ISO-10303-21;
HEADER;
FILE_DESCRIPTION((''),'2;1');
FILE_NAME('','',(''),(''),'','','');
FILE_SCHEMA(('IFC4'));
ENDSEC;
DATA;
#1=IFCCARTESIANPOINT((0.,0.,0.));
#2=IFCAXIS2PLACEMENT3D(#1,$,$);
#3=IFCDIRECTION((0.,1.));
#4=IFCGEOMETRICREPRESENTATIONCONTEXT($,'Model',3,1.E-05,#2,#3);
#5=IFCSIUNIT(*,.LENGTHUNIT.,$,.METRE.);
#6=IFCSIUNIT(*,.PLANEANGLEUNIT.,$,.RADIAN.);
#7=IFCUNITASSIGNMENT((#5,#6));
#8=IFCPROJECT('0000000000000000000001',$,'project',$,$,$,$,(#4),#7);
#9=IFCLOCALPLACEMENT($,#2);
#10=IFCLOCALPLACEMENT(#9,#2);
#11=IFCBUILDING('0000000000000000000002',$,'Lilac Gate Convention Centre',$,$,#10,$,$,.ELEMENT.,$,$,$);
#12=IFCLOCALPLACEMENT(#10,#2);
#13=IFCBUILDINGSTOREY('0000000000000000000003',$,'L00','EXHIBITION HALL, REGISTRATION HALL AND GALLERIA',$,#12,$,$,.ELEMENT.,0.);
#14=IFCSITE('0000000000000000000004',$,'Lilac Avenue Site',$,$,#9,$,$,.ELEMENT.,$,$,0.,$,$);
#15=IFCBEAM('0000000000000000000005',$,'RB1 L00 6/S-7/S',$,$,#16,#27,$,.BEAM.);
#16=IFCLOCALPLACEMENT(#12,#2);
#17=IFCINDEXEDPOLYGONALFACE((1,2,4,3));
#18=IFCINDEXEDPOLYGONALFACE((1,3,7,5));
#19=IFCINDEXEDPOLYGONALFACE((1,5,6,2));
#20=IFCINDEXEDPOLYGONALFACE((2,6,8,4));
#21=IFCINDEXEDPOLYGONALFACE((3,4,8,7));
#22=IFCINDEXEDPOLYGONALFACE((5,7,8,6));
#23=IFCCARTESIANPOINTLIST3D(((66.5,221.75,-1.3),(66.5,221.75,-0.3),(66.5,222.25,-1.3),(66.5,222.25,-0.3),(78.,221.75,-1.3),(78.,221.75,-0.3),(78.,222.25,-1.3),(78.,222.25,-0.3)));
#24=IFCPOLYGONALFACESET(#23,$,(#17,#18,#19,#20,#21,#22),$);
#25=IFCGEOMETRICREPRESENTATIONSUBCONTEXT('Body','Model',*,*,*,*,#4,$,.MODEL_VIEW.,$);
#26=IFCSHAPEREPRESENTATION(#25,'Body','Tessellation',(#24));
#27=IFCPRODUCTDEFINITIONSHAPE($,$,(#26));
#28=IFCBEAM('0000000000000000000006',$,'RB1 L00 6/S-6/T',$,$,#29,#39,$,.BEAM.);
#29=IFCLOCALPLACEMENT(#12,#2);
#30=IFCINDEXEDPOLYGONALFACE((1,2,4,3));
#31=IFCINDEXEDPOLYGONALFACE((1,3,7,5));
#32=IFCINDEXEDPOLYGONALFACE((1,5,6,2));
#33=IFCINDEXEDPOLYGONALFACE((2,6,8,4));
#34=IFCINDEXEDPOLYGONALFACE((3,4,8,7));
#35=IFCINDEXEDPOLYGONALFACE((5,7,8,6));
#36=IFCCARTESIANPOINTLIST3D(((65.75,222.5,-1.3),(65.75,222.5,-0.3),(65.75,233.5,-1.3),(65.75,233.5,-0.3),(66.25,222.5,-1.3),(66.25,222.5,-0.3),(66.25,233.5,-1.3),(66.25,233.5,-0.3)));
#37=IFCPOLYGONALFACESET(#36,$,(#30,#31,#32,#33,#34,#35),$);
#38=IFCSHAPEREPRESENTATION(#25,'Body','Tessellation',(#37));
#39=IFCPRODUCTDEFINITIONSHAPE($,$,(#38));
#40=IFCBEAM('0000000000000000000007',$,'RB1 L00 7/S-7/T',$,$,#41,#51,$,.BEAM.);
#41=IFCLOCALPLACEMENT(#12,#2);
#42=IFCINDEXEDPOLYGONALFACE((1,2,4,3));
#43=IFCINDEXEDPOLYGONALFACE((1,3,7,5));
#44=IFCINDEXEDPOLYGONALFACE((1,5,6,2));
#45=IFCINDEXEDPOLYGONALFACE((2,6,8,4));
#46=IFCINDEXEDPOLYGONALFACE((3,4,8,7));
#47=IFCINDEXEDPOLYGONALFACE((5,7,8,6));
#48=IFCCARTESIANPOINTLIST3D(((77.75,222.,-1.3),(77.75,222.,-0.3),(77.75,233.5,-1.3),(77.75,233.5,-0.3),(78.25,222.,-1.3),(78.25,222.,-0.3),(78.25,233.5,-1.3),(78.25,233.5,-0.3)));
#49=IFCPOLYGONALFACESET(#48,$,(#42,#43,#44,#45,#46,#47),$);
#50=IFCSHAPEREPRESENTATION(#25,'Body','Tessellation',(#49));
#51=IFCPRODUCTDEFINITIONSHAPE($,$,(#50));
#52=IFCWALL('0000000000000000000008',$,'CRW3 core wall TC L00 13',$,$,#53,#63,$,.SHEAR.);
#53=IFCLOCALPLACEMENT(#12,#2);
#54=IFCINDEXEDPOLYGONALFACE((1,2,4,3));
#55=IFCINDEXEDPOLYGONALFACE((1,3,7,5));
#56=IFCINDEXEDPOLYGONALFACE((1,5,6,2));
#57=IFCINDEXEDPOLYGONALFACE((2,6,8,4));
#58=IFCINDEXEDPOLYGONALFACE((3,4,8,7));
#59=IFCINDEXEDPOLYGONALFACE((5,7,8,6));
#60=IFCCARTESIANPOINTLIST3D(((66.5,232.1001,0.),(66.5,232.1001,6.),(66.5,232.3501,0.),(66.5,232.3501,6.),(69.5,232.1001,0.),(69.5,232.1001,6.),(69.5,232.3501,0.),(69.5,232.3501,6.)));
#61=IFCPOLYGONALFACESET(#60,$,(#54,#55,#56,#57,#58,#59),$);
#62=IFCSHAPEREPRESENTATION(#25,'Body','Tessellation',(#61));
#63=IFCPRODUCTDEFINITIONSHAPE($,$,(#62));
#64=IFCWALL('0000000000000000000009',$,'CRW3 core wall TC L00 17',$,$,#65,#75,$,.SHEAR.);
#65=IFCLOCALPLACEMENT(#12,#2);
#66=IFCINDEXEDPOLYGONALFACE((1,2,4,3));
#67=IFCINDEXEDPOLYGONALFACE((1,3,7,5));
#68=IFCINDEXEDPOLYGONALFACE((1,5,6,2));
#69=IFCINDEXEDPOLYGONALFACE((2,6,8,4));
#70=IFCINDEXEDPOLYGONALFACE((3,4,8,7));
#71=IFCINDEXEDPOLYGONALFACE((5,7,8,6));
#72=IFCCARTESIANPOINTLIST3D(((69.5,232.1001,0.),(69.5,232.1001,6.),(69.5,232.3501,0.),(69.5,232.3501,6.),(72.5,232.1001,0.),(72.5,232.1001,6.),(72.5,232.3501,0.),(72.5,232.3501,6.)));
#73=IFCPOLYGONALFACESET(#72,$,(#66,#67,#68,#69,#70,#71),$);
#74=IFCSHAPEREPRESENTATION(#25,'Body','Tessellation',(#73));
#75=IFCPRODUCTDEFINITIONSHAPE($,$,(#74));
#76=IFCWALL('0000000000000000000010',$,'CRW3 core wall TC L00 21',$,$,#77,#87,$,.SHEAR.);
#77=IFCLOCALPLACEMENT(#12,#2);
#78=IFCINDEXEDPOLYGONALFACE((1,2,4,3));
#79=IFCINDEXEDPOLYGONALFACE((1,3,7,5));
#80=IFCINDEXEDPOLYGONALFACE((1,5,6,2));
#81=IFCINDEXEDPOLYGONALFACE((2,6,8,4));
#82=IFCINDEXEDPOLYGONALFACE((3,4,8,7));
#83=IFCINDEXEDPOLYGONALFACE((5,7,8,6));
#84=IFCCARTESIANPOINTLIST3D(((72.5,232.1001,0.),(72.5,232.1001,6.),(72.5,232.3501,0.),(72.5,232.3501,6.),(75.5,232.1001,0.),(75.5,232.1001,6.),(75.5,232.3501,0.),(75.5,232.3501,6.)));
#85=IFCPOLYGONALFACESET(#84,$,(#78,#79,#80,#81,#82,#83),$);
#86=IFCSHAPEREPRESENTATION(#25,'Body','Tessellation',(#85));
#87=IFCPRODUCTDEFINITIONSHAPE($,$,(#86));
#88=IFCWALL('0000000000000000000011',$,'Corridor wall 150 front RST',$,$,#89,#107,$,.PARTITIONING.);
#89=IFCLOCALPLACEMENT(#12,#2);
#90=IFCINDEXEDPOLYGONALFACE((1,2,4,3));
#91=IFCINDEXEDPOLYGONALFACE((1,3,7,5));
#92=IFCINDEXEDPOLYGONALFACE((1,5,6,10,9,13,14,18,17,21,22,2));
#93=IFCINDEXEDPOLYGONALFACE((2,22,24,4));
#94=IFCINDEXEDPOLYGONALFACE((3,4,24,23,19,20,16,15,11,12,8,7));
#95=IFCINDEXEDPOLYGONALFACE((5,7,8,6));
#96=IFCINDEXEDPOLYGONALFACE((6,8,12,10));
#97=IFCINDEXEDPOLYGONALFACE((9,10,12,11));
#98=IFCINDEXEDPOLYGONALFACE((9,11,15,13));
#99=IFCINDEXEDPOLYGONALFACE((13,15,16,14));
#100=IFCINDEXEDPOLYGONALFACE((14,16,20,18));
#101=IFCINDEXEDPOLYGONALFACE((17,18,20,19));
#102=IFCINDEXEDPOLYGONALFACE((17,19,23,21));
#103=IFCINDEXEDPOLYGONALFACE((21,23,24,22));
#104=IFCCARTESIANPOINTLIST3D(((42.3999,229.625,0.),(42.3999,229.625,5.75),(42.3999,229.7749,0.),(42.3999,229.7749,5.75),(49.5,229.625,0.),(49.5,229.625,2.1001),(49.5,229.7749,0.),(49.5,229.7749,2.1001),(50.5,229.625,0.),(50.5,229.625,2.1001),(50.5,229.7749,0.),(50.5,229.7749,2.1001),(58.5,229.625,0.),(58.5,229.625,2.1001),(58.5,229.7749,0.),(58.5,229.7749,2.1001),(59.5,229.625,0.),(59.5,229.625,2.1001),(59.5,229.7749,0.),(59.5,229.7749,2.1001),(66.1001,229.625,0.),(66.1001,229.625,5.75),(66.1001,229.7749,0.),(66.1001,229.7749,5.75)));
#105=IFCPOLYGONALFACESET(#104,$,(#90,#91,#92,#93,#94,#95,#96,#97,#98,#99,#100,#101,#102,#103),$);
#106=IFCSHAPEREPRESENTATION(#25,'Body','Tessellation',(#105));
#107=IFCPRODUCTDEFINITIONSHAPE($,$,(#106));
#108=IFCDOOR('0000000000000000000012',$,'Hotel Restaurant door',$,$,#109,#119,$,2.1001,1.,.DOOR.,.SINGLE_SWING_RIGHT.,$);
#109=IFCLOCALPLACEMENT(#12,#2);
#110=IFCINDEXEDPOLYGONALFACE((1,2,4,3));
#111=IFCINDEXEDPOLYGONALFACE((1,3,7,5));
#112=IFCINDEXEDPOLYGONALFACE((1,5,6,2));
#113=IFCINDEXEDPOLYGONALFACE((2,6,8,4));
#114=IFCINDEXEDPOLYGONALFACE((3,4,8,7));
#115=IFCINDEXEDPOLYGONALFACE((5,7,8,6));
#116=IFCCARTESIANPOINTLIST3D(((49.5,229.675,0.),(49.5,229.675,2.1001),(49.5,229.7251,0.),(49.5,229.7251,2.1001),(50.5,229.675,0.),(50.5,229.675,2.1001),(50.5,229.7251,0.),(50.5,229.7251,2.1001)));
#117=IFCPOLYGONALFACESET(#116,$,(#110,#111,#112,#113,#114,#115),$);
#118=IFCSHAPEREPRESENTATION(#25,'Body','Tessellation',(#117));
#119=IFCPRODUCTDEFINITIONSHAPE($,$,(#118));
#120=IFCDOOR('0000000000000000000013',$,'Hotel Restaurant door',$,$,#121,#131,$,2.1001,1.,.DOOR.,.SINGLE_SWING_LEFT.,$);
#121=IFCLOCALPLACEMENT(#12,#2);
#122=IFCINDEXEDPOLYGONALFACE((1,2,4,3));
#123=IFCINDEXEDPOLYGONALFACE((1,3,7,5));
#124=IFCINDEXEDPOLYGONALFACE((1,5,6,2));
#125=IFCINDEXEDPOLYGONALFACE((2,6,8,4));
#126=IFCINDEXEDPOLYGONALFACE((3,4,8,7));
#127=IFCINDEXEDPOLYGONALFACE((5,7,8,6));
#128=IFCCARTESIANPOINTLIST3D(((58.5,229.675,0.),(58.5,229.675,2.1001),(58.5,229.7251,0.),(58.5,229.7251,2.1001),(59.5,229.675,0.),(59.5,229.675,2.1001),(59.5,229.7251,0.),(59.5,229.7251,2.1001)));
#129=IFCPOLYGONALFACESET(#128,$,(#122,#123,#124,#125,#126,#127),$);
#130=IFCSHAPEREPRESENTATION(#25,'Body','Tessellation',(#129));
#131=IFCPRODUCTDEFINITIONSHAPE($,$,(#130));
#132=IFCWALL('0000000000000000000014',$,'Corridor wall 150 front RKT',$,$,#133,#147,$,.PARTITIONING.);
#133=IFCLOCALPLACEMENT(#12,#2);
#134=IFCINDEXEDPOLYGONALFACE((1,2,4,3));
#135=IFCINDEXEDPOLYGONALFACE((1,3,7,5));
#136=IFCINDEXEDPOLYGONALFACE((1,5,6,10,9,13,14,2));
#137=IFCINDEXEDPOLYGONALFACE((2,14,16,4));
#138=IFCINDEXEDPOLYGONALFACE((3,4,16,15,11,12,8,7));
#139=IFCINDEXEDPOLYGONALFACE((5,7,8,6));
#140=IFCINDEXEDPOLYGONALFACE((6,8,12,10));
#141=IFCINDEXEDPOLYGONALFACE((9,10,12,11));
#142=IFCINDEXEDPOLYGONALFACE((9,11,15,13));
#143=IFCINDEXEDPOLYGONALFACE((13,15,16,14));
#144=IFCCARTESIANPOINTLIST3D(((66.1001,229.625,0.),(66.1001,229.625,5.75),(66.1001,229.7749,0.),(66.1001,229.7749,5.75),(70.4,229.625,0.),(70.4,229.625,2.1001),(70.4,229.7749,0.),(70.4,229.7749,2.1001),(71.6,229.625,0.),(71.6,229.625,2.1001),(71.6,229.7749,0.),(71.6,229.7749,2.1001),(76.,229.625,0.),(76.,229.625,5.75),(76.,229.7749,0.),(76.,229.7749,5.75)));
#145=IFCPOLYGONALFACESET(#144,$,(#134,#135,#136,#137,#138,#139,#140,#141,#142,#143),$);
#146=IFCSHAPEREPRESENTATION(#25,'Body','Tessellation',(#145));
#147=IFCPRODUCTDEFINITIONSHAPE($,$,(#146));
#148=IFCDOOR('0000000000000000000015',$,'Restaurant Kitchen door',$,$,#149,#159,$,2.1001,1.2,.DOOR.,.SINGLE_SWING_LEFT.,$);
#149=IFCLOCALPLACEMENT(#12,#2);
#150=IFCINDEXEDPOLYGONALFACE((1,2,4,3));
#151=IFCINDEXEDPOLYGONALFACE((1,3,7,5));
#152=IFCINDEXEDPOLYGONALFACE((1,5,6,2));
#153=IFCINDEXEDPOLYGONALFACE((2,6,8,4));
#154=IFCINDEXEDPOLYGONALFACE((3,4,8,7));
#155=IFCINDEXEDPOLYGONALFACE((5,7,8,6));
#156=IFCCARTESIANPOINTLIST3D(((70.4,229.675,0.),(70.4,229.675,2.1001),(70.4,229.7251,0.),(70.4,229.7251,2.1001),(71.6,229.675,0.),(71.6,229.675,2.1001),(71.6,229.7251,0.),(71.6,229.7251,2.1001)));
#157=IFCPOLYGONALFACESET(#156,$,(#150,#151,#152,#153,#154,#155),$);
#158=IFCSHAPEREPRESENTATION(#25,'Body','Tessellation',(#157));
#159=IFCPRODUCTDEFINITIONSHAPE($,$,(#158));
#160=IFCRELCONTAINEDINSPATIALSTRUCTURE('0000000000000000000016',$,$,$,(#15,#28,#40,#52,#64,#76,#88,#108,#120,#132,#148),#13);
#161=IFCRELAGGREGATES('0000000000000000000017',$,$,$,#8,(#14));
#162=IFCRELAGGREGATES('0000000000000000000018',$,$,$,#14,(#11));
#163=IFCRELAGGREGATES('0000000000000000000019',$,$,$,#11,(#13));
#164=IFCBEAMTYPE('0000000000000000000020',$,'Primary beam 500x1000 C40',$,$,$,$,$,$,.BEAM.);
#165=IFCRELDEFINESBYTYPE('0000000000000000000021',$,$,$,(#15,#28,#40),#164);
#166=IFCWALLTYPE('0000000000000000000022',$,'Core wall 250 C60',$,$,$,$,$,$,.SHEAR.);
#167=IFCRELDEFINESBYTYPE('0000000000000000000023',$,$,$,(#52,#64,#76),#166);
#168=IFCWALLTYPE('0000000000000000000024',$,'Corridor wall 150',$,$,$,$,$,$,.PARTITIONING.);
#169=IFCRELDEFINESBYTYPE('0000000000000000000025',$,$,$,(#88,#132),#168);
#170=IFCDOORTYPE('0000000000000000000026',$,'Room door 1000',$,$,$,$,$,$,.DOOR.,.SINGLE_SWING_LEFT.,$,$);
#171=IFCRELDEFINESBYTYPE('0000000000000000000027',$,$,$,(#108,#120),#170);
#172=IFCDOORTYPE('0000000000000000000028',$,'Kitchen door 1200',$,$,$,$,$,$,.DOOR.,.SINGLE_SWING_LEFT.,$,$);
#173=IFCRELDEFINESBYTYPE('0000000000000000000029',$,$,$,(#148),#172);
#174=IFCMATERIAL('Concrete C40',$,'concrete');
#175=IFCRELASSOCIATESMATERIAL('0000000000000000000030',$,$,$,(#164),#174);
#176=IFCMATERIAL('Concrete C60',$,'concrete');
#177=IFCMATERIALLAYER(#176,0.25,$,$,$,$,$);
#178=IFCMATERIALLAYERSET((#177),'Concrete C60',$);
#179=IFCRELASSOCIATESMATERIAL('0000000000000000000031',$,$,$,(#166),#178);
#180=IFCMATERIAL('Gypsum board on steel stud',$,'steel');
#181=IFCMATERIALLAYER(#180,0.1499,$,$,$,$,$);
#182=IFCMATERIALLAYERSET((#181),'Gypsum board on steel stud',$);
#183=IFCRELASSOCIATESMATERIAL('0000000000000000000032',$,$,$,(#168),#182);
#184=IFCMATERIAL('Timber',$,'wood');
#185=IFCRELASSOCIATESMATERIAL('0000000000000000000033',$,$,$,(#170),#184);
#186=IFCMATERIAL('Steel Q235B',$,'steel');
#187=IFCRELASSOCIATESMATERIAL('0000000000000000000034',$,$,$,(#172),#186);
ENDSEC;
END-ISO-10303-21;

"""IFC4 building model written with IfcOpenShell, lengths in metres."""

from ifc_helpers import new_model, si_unit, direction, frame, frame_2d, origin, origin_2d, place, context, subcontext, project, spatial, rectangle, extrude, material, layer, layer_set, material_profile, profile_set, type_object, element, fill, save


model = new_model("IFC4")

# Units and contexts
model_context = context("Model", 3, precision=1e-05, world=origin(), true_north=direction((0.0, 1.0)))
body_context = subcontext(model_context, "Body", "Model", "MODEL_VIEW")
ifc_project = project(units=[si_unit("LENGTHUNIT", "METRE"), si_unit("PLANEANGLEUNIT", "RADIAN")], contexts=[model_context])

# Site, building, storey
site_placement = place(None, origin())
site = spatial("IfcSite", under=ifc_project, at=site_placement, Name="Lilac Avenue Site", CompositionType="ELEMENT", RefElevation=0.0)
building_placement = place(site_placement, origin())
building = spatial("IfcBuilding", under=site, at=building_placement, Name="Lilac Gate Convention Centre", CompositionType="ELEMENT")
storey_placement = place(building_placement, origin())
storey = spatial("IfcBuildingStorey", under=building, at=storey_placement, Name="L00", Description="EXHIBITION HALL, REGISTRATION HALL AND GALLERIA", CompositionType="ELEMENT", Elevation=0.0)

# Beams
ifc_material_1 = material(Name="Concrete C40", Category="concrete")
ifc_material_profile = material_profile(ifc_material_1, rectangle(XDim=0.5, YDim=1.0, at=origin_2d()), Name="RC 500x1000")
ifc_profile_set = profile_set([ifc_material_profile], Name="Concrete C40")
beam_type = type_object("IfcBeamType", Name="Primary beam 500x1000 C40", PredefinedType="BEAM", material=ifc_profile_set)
beam_1_placement = place(storey_placement, frame((66.5, 222.0, -0.8), z_axis=(1.0, 0.0, 0.0), x_axis=(0.0, 1.0, 0.0)))
element("IfcBeam", 1, at=beam_1_placement, inside=storey, type_object=beam_type, Name="RB1 L00 6/S-7/S", PredefinedType="BEAM", context=body_context, shape_type="SweptSolid", body=[
    extrude(rectangle(XDim=0.5, YDim=1.0, at=origin_2d()), origin(), (0.0, 0.0, 1.0), 11.5),
])
beam_2_placement = place(storey_placement, frame((66.0, 222.5, -0.8), z_axis=(0.0, 1.0, 0.0), x_axis=(-1.0, 0.0, 0.0)))
element("IfcBeam", 2, at=beam_2_placement, inside=storey, type_object=beam_type, Name="RB1 L00 6/S-6/T", PredefinedType="BEAM", context=body_context, shape_type="SweptSolid", body=[
    extrude(rectangle(XDim=0.5, YDim=1.0, at=origin_2d()), origin(), (0.0, 0.0, 1.0), 11.0),
])
beam_3_placement = place(storey_placement, frame((78.0, 222.0, -0.8), z_axis=(0.0, 1.0, 0.0), x_axis=(-1.0, 0.0, 0.0)))
element("IfcBeam", 3, at=beam_3_placement, inside=storey, type_object=beam_type, Name="RB1 L00 7/S-7/T", PredefinedType="BEAM", context=body_context, shape_type="SweptSolid", body=[
    extrude(rectangle(XDim=0.5, YDim=1.0, at=origin_2d()), origin(), (0.0, 0.0, 1.0), 11.5),
])

# Walls
ifc_material_2 = material(Name="Concrete C60", Category="concrete")
ifc_layer_1 = layer(ifc_material_2, 0.25)
ifc_layer_set_1 = layer_set([ifc_layer_1], Name="Concrete C60")
wall_type_1 = type_object("IfcWallType", Name="Core wall 250 C60", PredefinedType="SHEAR", material=ifc_layer_set_1)
for number, where, z_axis, x_axis, name in (
    (4, (66.5, 232.2251, 0.0), (0.0, 0.0, 1.0), (1.0, 0.0, 0.0), "CRW3 core wall TC L00 13"),
    (5, (69.5, 232.2251, 0.0), (0.0, 0.0, 1.0), (1.0, 0.0, 0.0), "CRW3 core wall TC L00 17"),
    (6, (72.5, 232.2251, 0.0), (0.0, 0.0, 1.0), (1.0, 0.0, 0.0), "CRW3 core wall TC L00 21"),
):
    element("IfcWall", number, at=place(storey_placement, frame(where, z_axis=z_axis, x_axis=x_axis)), inside=storey, type_object=wall_type_1, Name=name, PredefinedType="SHEAR", context=body_context, shape_type="SweptSolid", body=[
        extrude(rectangle(XDim=3.0, YDim=0.25, at=frame_2d((1.5, 0.0))), origin(), (0.0, 0.0, 1.0), 6.0),
    ])

# Wall, openings, doors
ifc_material_3 = material(Name="Gypsum board on steel stud", Category="steel")
ifc_layer_2 = layer(ifc_material_3, 0.1499)
ifc_layer_set_2 = layer_set([ifc_layer_2], Name="Gypsum board on steel stud")
wall_type_2 = type_object("IfcWallType", Name="Corridor wall 150", PredefinedType="PARTITIONING", material=ifc_layer_set_2)
wall_1_placement = place(storey_placement, frame((66.1001, 229.7, 0.0), z_axis=(0.0, 0.0, 1.0), x_axis=(-1.0, 0.0, 0.0)))
wall_1 = element("IfcWall", 7, at=wall_1_placement, inside=storey, type_object=wall_type_2, Name="Corridor wall 150 front RST", PredefinedType="PARTITIONING", context=body_context, shape_type="SweptSolid", body=[
    extrude(rectangle(XDim=23.7002, YDim=0.1499, at=frame_2d((11.8501, 0.0))), origin(), (0.0, 0.0, 1.0), 5.75),
])
opening_1_placement = place(wall_1_placement, frame((15.6001, 0.0, 0.0)))
opening_1 = element("IfcOpeningElement", 8, at=opening_1_placement, cuts=wall_1, PredefinedType="OPENING", context=body_context, shape_type="SweptSolid", body=[
    extrude(rectangle(XDim=1.0, YDim=2.1001, at=frame_2d((0.5, 1.05))), frame((0.0, 0.085, 0.0), z_axis=(0.0, -1.0, 0.0), x_axis=(1.0, 0.0, 0.0)), (0.0, 0.0, 1.0), 0.1699),
])
opening_2_placement = place(wall_1_placement, frame((6.6001, 0.0, 0.0)))
opening_2 = element("IfcOpeningElement", 9, at=opening_2_placement, cuts=wall_1, PredefinedType="OPENING", context=body_context, shape_type="SweptSolid", body=[
    extrude(rectangle(XDim=1.0, YDim=2.1001, at=frame_2d((0.5, 1.05))), frame((0.0, 0.085, 0.0), z_axis=(0.0, -1.0, 0.0), x_axis=(1.0, 0.0, 0.0)), (0.0, 0.0, 1.0), 0.1699),
])
ifc_material_4 = material(Name="Timber", Category="wood")
door_type_1 = type_object("IfcDoorType", Name="Room door 1000", OperationType="SINGLE_SWING_LEFT", PredefinedType="DOOR", material=ifc_material_4)
door_1_placement = place(opening_1_placement, origin())
door_1 = element("IfcDoor", 10, at=door_1_placement, inside=storey, type_object=door_type_1, Name="Hotel Restaurant door", OperationType="SINGLE_SWING_RIGHT", OverallHeight=2.1001, OverallWidth=1.0, PredefinedType="DOOR", context=body_context, shape_type="SweptSolid", body=[
    extrude(rectangle(XDim=1.0, YDim=2.1001, at=frame_2d((0.5, 1.05))), frame((0.0, 0.0249, 0.0), z_axis=(0.0, -1.0, 0.0), x_axis=(1.0, 0.0, 0.0)), (0.0, 0.0, 1.0), 0.05),
])
fill(opening_1, door_1)
door_2_placement = place(opening_2_placement, origin())
door_2 = element("IfcDoor", 11, at=door_2_placement, inside=storey, type_object=door_type_1, Name="Hotel Restaurant door", OperationType="SINGLE_SWING_LEFT", OverallHeight=2.1001, OverallWidth=1.0, PredefinedType="DOOR", context=body_context, shape_type="SweptSolid", body=[
    extrude(rectangle(XDim=1.0, YDim=2.1001, at=frame_2d((0.5, 1.05))), frame((0.0, 0.0249, 0.0), z_axis=(0.0, -1.0, 0.0), x_axis=(1.0, 0.0, 0.0)), (0.0, 0.0, 1.0), 0.05),
])
fill(opening_2, door_2)

# Wall, opening, door
wall_2_placement = place(storey_placement, frame((76.0, 229.7, 0.0), z_axis=(0.0, 0.0, 1.0), x_axis=(-1.0, 0.0, 0.0)))
wall_2 = element("IfcWall", 12, at=wall_2_placement, inside=storey, type_object=wall_type_2, Name="Corridor wall 150 front RKT", PredefinedType="PARTITIONING", context=body_context, shape_type="SweptSolid", body=[
    extrude(rectangle(XDim=9.8999, YDim=0.1499, at=frame_2d((4.95, 0.0))), origin(), (0.0, 0.0, 1.0), 5.75),
])
opening_3_placement = place(wall_2_placement, frame((4.3999, 0.0, 0.0)))
opening_3 = element("IfcOpeningElement", 13, at=opening_3_placement, cuts=wall_2, PredefinedType="OPENING", context=body_context, shape_type="SweptSolid", body=[
    extrude(rectangle(XDim=1.2, YDim=2.1001, at=frame_2d((0.6001, 1.05))), frame((0.0, 0.085, 0.0), z_axis=(0.0, -1.0, 0.0), x_axis=(1.0, 0.0, 0.0)), (0.0, 0.0, 1.0), 0.1699),
])
ifc_material_5 = material(Name="Steel Q235B", Category="steel")
door_type_2 = type_object("IfcDoorType", Name="Kitchen door 1200", OperationType="SINGLE_SWING_LEFT", PredefinedType="DOOR", material=ifc_material_5)
door_3_placement = place(opening_3_placement, origin())
door_3 = element("IfcDoor", 14, at=door_3_placement, inside=storey, type_object=door_type_2, Name="Restaurant Kitchen door", OperationType="SINGLE_SWING_LEFT", OverallHeight=2.1001, OverallWidth=1.2, PredefinedType="DOOR", context=body_context, shape_type="SweptSolid", body=[
    extrude(rectangle(XDim=1.2, YDim=2.1001, at=frame_2d((0.6001, 1.05))), frame((0.0, 0.0249, 0.0), z_axis=(0.0, -1.0, 0.0), x_axis=(1.0, 0.0, 0.0)), (0.0, 0.0, 1.0), 0.05),
])
fill(opening_3, door_3)

save(model, "model.ifc")
